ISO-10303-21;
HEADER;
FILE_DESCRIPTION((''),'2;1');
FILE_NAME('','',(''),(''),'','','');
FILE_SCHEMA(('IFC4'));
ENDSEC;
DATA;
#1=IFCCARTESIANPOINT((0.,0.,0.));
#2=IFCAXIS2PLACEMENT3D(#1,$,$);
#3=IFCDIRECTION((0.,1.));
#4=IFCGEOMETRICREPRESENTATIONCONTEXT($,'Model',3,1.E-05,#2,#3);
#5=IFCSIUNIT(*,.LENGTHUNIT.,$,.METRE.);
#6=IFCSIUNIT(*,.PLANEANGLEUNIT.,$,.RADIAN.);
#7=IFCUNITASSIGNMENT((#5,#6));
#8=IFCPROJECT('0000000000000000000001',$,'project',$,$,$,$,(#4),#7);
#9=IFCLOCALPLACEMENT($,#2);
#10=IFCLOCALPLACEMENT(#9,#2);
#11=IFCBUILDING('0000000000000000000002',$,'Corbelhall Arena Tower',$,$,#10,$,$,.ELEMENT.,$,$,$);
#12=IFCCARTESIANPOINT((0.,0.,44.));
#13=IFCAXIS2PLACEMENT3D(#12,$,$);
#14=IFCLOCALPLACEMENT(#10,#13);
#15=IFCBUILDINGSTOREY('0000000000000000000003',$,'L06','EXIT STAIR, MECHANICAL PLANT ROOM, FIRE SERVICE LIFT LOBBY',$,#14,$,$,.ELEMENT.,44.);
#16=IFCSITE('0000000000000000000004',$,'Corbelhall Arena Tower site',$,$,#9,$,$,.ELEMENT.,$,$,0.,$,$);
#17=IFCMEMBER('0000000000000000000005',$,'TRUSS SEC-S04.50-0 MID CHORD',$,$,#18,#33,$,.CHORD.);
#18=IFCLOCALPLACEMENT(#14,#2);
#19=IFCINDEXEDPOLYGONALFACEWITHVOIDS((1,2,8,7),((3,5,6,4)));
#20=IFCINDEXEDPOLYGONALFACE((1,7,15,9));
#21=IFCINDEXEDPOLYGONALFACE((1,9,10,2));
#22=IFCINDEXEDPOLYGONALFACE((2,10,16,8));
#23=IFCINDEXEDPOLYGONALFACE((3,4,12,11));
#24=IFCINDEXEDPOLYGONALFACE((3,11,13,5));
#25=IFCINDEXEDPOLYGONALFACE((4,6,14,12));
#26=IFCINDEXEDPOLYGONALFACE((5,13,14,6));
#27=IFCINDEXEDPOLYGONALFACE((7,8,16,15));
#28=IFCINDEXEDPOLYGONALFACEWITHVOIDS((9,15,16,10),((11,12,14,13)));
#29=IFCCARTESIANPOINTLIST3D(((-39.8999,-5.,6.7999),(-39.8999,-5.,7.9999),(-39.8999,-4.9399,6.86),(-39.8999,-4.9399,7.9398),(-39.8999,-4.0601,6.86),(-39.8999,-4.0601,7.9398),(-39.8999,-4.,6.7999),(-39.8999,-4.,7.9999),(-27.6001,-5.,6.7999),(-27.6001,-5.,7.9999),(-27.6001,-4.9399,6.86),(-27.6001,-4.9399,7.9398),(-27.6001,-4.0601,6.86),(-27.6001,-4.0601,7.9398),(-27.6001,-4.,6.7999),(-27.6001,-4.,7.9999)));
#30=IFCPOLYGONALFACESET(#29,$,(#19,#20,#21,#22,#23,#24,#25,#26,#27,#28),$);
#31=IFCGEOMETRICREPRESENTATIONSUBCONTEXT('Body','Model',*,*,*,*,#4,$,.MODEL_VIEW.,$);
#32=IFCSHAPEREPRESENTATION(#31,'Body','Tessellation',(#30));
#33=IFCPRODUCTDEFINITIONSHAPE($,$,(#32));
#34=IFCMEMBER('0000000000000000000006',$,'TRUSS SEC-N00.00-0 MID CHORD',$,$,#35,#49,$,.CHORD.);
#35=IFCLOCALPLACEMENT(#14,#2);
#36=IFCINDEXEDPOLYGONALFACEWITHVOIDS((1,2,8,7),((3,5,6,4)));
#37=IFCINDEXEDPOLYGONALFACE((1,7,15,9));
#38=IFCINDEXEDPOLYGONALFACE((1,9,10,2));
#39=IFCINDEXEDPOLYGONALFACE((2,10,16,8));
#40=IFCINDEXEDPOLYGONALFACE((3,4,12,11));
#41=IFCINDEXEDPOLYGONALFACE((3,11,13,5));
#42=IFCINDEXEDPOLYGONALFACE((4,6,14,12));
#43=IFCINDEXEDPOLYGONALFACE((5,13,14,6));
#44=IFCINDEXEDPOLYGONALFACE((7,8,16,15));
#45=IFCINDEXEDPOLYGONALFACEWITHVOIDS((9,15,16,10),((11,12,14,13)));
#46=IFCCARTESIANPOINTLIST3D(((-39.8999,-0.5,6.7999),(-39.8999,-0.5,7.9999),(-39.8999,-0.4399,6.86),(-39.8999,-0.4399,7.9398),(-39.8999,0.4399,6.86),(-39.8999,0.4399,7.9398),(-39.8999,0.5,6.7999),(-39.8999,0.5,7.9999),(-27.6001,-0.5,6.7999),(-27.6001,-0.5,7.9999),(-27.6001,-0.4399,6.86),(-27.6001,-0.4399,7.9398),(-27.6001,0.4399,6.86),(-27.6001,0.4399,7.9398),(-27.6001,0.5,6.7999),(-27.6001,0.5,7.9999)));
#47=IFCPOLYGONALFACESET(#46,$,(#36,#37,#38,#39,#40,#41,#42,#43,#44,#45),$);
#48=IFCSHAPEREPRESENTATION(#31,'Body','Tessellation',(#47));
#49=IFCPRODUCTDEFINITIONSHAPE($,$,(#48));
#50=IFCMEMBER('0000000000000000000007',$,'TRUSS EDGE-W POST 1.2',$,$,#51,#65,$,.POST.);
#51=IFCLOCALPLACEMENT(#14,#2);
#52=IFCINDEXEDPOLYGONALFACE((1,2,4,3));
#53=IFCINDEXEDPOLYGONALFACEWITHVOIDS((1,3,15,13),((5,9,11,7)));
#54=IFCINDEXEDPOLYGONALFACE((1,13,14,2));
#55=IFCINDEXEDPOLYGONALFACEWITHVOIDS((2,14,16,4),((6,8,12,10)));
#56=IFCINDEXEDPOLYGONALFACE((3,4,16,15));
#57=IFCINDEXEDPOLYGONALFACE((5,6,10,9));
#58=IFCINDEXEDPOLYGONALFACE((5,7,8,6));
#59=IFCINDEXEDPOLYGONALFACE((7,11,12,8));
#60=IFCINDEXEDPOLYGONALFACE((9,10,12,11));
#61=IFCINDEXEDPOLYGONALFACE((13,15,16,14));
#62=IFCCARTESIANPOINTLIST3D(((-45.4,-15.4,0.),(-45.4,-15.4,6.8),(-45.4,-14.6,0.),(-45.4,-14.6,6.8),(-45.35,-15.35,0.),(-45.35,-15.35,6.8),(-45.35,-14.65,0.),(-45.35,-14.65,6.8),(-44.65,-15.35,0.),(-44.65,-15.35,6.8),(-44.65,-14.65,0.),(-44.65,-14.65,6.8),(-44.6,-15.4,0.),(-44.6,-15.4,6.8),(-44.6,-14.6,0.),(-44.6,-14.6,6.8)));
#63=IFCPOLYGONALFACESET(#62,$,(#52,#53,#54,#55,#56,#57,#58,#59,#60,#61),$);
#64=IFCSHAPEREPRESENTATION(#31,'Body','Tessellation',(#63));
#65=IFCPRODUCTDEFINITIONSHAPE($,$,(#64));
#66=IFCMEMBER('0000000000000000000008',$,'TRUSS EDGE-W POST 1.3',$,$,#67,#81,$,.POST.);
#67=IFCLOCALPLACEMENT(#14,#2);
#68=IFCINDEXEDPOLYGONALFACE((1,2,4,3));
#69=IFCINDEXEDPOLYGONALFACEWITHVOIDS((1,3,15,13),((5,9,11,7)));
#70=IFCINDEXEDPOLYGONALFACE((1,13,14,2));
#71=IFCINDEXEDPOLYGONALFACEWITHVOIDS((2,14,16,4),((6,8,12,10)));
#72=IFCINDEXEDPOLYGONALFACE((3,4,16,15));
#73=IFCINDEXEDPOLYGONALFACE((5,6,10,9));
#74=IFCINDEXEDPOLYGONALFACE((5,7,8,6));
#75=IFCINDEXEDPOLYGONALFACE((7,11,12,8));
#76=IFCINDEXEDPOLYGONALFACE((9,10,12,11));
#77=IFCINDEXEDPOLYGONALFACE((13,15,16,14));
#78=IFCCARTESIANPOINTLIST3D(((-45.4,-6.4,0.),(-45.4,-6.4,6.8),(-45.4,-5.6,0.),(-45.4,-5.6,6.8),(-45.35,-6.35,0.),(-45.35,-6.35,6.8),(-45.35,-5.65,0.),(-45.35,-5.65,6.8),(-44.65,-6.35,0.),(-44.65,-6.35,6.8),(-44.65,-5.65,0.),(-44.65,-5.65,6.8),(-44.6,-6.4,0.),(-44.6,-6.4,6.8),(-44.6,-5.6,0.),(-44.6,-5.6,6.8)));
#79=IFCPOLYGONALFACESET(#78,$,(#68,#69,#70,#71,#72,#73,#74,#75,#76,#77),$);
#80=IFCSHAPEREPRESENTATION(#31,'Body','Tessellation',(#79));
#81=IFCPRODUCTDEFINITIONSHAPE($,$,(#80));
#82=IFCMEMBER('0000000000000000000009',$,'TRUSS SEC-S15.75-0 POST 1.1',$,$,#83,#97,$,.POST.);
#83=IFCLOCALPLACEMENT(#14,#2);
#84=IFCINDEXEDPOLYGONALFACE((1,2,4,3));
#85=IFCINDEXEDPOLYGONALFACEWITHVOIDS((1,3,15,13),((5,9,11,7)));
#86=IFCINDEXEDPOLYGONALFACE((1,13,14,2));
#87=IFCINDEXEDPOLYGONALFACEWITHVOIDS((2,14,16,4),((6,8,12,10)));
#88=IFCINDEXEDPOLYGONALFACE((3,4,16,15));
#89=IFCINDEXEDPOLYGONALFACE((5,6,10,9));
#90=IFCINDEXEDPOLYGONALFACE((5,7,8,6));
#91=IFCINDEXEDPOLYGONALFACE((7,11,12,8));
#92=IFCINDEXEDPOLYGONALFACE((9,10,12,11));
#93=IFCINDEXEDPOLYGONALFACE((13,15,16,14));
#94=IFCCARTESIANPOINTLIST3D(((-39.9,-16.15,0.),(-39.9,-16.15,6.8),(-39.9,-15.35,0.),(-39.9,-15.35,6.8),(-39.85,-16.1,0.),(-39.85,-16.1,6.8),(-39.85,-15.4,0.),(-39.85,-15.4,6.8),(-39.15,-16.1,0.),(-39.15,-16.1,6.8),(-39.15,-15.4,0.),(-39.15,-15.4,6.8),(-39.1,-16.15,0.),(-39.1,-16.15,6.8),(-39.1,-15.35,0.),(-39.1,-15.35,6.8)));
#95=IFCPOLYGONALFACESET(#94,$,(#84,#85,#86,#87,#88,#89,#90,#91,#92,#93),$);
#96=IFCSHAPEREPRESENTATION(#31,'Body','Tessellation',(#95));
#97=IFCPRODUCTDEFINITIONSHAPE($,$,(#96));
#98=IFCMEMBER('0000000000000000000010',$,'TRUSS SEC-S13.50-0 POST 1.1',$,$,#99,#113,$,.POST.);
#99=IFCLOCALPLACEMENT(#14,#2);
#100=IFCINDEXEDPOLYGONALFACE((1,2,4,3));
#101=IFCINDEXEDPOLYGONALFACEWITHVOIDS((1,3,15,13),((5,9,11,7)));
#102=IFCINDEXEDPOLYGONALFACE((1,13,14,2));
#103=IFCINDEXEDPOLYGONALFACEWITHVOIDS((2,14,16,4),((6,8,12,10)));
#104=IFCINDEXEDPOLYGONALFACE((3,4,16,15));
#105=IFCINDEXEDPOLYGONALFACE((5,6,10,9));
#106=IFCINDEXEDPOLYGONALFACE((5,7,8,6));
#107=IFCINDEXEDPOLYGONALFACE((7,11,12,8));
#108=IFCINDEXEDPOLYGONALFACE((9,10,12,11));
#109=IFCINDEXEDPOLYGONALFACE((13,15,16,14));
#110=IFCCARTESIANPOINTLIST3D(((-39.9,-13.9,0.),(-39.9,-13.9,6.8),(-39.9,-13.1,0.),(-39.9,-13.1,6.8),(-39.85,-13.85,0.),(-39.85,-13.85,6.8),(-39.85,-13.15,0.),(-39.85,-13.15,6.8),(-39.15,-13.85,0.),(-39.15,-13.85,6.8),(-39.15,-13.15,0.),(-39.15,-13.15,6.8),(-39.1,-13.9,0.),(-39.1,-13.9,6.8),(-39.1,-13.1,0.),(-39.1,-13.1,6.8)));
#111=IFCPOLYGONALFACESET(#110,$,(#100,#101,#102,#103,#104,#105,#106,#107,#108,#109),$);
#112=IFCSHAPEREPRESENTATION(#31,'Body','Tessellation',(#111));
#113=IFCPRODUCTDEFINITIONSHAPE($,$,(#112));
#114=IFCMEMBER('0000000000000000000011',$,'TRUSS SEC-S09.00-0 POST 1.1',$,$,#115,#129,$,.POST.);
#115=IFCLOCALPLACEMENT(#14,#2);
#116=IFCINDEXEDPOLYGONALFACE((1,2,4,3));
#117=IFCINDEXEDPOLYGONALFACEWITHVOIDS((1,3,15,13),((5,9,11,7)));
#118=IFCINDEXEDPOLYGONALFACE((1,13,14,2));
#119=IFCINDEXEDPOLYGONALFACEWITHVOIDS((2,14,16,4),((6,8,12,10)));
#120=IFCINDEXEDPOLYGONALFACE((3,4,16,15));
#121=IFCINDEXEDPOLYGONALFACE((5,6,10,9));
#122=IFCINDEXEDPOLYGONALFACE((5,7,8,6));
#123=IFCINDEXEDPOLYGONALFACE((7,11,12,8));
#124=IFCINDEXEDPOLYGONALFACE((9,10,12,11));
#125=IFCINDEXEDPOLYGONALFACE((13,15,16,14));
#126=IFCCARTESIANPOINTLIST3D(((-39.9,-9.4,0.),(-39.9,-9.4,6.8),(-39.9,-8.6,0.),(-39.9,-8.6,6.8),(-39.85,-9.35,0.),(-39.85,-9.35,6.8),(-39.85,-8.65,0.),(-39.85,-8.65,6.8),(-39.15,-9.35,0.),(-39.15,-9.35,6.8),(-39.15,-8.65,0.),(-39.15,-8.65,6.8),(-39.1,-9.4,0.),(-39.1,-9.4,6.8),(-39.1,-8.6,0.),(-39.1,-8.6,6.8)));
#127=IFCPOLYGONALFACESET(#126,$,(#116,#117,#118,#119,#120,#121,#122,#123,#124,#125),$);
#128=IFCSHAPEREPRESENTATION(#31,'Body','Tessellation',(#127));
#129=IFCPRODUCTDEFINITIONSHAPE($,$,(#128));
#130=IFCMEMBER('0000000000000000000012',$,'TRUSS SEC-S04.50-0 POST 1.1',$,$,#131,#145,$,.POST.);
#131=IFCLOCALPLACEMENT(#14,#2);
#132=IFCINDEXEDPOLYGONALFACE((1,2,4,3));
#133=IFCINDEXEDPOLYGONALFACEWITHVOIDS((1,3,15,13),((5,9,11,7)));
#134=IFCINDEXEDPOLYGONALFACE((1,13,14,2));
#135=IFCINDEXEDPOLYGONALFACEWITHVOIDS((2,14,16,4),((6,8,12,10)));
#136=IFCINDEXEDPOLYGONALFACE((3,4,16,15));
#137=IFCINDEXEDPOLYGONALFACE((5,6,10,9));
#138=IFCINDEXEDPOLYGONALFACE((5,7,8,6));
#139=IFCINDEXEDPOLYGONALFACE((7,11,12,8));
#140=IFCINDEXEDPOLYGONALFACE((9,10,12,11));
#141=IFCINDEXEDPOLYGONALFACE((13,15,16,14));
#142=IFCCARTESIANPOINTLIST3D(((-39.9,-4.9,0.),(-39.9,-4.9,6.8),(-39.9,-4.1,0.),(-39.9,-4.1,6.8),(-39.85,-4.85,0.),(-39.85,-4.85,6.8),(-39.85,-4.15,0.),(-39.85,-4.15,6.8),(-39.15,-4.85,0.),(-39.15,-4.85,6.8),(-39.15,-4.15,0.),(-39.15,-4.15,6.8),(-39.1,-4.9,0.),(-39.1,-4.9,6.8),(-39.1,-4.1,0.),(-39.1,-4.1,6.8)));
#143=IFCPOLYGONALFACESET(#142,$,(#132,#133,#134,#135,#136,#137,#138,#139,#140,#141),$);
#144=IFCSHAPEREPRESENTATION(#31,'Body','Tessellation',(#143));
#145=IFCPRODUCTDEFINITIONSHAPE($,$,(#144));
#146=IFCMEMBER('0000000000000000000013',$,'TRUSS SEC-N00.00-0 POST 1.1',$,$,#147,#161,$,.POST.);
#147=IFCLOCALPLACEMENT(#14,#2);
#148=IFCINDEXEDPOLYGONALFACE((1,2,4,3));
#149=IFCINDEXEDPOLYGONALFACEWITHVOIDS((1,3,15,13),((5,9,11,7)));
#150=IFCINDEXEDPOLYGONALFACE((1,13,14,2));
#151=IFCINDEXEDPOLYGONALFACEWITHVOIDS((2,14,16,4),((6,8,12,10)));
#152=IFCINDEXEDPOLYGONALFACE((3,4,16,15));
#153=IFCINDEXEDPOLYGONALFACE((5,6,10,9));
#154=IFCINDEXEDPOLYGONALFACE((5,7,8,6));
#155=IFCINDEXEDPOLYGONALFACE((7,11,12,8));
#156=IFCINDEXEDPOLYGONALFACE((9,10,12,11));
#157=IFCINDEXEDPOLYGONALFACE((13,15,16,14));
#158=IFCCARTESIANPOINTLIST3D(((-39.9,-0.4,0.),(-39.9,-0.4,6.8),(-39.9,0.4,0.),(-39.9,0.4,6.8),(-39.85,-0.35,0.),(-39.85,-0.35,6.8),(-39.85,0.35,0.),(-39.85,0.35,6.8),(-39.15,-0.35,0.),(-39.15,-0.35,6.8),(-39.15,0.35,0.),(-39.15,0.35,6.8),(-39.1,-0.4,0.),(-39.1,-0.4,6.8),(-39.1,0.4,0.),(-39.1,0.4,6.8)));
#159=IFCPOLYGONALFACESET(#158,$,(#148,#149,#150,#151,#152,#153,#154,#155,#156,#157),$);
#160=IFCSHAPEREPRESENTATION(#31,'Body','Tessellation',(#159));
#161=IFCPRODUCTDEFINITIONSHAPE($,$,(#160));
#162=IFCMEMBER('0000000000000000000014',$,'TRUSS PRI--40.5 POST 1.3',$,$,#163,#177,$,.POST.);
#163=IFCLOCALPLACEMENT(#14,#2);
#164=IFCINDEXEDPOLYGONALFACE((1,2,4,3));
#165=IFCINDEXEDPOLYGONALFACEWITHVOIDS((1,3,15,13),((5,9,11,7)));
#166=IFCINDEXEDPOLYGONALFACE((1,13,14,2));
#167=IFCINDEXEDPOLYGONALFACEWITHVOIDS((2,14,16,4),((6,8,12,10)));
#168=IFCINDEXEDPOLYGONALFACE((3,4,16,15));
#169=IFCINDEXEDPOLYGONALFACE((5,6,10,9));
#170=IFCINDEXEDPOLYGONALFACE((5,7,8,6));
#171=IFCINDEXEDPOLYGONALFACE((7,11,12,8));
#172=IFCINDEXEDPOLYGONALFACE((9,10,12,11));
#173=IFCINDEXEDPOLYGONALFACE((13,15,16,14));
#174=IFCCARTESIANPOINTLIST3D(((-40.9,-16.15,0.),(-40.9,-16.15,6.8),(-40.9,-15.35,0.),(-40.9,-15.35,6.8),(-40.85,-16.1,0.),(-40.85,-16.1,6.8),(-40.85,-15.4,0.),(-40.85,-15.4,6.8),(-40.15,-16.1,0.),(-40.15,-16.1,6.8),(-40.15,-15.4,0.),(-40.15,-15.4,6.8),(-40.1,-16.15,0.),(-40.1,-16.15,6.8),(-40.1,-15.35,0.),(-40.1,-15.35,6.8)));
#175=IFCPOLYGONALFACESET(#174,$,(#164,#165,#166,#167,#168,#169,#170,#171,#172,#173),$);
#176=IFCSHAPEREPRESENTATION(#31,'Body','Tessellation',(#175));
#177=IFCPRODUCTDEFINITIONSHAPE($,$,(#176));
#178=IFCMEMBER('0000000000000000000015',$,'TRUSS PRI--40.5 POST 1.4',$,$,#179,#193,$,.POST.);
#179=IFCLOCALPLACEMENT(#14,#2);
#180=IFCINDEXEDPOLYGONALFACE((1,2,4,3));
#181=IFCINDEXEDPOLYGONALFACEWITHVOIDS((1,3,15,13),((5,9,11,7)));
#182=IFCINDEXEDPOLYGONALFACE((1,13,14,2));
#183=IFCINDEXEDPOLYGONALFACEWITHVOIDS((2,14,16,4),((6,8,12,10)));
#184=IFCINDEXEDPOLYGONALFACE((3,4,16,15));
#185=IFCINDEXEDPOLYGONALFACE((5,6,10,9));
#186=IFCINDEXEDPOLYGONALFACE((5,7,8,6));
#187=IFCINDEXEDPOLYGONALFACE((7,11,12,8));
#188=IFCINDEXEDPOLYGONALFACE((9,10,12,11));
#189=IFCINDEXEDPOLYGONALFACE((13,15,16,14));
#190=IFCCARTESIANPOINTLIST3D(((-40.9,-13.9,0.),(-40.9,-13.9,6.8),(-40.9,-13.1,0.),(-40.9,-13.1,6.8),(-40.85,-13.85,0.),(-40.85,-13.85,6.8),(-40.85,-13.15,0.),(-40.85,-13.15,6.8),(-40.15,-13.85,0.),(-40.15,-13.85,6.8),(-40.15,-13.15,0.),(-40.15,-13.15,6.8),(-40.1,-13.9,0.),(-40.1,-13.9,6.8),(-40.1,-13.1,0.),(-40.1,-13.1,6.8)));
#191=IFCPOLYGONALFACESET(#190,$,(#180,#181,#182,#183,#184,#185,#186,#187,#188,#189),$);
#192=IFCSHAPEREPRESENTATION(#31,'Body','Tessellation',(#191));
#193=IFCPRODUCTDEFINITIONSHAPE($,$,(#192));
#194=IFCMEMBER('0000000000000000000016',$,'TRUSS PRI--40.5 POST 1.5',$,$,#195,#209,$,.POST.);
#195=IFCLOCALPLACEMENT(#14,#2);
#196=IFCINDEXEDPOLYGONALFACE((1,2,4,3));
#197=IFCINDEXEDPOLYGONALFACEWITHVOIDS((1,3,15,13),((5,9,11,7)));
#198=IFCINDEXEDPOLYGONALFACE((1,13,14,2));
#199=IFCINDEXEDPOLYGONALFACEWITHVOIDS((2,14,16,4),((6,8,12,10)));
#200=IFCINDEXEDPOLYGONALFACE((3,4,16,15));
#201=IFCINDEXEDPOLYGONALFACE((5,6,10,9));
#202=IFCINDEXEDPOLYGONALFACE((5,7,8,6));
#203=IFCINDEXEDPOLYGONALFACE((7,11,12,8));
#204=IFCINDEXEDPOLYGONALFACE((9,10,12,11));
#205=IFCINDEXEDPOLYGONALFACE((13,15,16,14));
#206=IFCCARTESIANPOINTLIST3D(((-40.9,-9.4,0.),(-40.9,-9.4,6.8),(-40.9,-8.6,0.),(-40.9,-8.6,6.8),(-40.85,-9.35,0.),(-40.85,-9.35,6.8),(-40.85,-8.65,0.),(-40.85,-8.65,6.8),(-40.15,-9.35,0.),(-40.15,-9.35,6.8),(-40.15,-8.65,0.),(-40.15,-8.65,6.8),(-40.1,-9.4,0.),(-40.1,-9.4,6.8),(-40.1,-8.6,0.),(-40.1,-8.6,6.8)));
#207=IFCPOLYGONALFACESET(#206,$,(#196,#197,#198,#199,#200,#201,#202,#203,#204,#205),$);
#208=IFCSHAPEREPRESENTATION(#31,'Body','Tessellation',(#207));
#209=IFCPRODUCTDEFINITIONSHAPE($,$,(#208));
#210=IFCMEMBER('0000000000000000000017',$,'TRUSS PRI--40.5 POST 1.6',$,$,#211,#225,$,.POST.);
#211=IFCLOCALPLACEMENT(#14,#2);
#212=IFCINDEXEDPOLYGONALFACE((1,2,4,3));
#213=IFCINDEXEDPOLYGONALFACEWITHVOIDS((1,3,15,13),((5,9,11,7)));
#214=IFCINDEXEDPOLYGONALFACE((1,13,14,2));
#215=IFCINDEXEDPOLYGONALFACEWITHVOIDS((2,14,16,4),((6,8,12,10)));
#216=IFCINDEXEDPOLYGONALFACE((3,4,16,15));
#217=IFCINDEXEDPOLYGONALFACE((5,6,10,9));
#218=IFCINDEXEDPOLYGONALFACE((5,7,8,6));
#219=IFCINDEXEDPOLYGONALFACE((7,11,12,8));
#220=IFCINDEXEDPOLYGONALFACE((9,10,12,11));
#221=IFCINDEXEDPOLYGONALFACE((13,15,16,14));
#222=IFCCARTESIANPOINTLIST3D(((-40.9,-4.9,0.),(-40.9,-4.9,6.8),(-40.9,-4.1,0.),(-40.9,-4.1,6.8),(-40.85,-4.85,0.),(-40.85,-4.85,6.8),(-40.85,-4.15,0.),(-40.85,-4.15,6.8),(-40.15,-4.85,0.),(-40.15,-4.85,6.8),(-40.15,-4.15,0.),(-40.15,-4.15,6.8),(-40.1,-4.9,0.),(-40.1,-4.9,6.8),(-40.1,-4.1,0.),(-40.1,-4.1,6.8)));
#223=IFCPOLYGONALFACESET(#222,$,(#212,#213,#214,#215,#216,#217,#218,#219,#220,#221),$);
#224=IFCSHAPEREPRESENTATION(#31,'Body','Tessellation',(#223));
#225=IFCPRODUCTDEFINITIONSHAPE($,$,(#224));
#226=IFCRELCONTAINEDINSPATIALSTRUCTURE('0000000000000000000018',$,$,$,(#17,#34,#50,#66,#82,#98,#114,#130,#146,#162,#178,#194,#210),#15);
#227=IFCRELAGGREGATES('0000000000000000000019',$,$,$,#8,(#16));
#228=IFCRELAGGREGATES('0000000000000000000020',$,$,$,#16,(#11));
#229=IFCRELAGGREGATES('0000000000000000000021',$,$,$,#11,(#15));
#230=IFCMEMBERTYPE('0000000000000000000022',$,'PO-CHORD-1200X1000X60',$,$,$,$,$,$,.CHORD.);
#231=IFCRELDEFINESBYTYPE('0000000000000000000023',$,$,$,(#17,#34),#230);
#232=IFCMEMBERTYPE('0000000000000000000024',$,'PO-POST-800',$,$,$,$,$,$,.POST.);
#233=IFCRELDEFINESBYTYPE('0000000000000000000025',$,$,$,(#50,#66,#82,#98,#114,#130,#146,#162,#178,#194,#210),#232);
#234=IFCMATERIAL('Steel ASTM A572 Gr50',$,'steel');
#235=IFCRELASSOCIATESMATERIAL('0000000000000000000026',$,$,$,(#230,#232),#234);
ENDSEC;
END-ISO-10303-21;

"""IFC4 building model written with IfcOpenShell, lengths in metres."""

from ifc_helpers import new_model, si_unit, direction, frame, origin, origin_2d, place, context, subcontext, project, spatial, hollow_rectangle, extrude, material, material_profile, profile_set, type_object, element, save


model = new_model("IFC4")

# Units and contexts
model_context = context("Model", 3, precision=1e-05, world=origin(), true_north=direction((0.0, 1.0)))
body_context = subcontext(model_context, "Body", "Model", "MODEL_VIEW")
ifc_project = project(units=[si_unit("LENGTHUNIT", "METRE"), si_unit("PLANEANGLEUNIT", "RADIAN")], contexts=[model_context])

# Site, building, storey
site_placement = place(None, origin())
site = spatial("IfcSite", under=ifc_project, at=site_placement, Name="Corbelhall Arena Tower site", CompositionType="ELEMENT", RefElevation=0.0)
building_placement = place(site_placement, origin())
building = spatial("IfcBuilding", under=site, at=building_placement, Name="Corbelhall Arena Tower", CompositionType="ELEMENT")
storey_placement = place(building_placement, frame((0.0, 0.0, 44.0)))
storey = spatial("IfcBuildingStorey", under=building, at=storey_placement, Name="L06", Description="EXIT STAIR, MECHANICAL PLANT ROOM, FIRE SERVICE LIFT LOBBY", CompositionType="ELEMENT", Elevation=44.0)

# Members
ifc_material_1 = material(Name="Steel ASTM A572 Gr50", Category="steel")
ifc_material_profile_1 = material_profile(ifc_material_1, hollow_rectangle(XDim=1.0, YDim=1.2, WallThickness=0.0601, at=origin_2d()))
ifc_profile_set_1 = profile_set([ifc_material_profile_1], Name="Steel ASTM A572 Gr50")
member_type_1 = type_object("IfcMemberType", Name="PO-CHORD-1200X1000X60", PredefinedType="CHORD", material=ifc_profile_set_1)
for number, where, z_axis, x_axis, name in (
    (1, (-39.8999, -4.5, 7.3999), (1.0, 0.0, 0.0), (0.0, 1.0, 0.0), "TRUSS SEC-S04.50-0 MID CHORD"),
    (2, (-39.8999, 0.0, 7.3999), (1.0, 0.0, 0.0), (0.0, 1.0, 0.0), "TRUSS SEC-N00.00-0 MID CHORD"),
):
    element("IfcMember", number, at=place(storey_placement, frame(where, z_axis=z_axis, x_axis=x_axis)), inside=storey, type_object=member_type_1, Name=name, PredefinedType="CHORD", context=body_context, shape_type="SweptSolid", body=[
        extrude(hollow_rectangle(XDim=1.0, YDim=1.2, WallThickness=0.0601, at=origin_2d()), origin(), (0.0, 0.0, 1.0), 12.2998),
    ])
ifc_material_profile_2 = material_profile(ifc_material_1, hollow_rectangle(XDim=0.8, YDim=0.8, WallThickness=0.05, at=origin_2d()))
ifc_profile_set_2 = profile_set([ifc_material_profile_2], Name="Steel ASTM A572 Gr50")
member_type_2 = type_object("IfcMemberType", Name="PO-POST-800", PredefinedType="POST", material=ifc_profile_set_2)
for number, where, z_axis, x_axis, name in (
    (3, (-45.0, -15.0, 0.0), (0.0, 0.0, 1.0), (1.0, 0.0, 0.0), "TRUSS EDGE-W POST 1.2"),
    (4, (-45.0, -6.0, 0.0), (0.0, 0.0, 1.0), (1.0, 0.0, 0.0), "TRUSS EDGE-W POST 1.3"),
    (5, (-39.5, -15.75, 0.0), (0.0, 0.0, 1.0), (1.0, 0.0, 0.0), "TRUSS SEC-S15.75-0 POST 1.1"),
    (6, (-39.5, -13.5, 0.0), (0.0, 0.0, 1.0), (1.0, 0.0, 0.0), "TRUSS SEC-S13.50-0 POST 1.1"),
    (7, (-39.5, -9.0, 0.0), (0.0, 0.0, 1.0), (1.0, 0.0, 0.0), "TRUSS SEC-S09.00-0 POST 1.1"),
    (8, (-39.5, -4.5, 0.0), (0.0, 0.0, 1.0), (1.0, 0.0, 0.0), "TRUSS SEC-S04.50-0 POST 1.1"),
    (9, (-39.5, 0.0, 0.0), (0.0, 0.0, 1.0), (1.0, 0.0, 0.0), "TRUSS SEC-N00.00-0 POST 1.1"),
    (10, (-40.5, -15.75, 0.0), (0.0, 0.0, 1.0), (1.0, 0.0, 0.0), "TRUSS PRI--40.5 POST 1.3"),
    (11, (-40.5, -13.5, 0.0), (0.0, 0.0, 1.0), (1.0, 0.0, 0.0), "TRUSS PRI--40.5 POST 1.4"),
    (12, (-40.5, -9.0, 0.0), (0.0, 0.0, 1.0), (1.0, 0.0, 0.0), "TRUSS PRI--40.5 POST 1.5"),
    (13, (-40.5, -4.5, 0.0), (0.0, 0.0, 1.0), (1.0, 0.0, 0.0), "TRUSS PRI--40.5 POST 1.6"),
):
    element("IfcMember", number, at=place(storey_placement, frame(where, z_axis=z_axis, x_axis=x_axis)), inside=storey, type_object=member_type_2, Name=name, PredefinedType="POST", context=body_context, shape_type="SweptSolid", body=[
        extrude(hollow_rectangle(XDim=0.8, YDim=0.8, WallThickness=0.05, at=origin_2d()), origin(), (0.0, 0.0, 1.0), 6.8),
    ])

save(model, "model.ifc")
